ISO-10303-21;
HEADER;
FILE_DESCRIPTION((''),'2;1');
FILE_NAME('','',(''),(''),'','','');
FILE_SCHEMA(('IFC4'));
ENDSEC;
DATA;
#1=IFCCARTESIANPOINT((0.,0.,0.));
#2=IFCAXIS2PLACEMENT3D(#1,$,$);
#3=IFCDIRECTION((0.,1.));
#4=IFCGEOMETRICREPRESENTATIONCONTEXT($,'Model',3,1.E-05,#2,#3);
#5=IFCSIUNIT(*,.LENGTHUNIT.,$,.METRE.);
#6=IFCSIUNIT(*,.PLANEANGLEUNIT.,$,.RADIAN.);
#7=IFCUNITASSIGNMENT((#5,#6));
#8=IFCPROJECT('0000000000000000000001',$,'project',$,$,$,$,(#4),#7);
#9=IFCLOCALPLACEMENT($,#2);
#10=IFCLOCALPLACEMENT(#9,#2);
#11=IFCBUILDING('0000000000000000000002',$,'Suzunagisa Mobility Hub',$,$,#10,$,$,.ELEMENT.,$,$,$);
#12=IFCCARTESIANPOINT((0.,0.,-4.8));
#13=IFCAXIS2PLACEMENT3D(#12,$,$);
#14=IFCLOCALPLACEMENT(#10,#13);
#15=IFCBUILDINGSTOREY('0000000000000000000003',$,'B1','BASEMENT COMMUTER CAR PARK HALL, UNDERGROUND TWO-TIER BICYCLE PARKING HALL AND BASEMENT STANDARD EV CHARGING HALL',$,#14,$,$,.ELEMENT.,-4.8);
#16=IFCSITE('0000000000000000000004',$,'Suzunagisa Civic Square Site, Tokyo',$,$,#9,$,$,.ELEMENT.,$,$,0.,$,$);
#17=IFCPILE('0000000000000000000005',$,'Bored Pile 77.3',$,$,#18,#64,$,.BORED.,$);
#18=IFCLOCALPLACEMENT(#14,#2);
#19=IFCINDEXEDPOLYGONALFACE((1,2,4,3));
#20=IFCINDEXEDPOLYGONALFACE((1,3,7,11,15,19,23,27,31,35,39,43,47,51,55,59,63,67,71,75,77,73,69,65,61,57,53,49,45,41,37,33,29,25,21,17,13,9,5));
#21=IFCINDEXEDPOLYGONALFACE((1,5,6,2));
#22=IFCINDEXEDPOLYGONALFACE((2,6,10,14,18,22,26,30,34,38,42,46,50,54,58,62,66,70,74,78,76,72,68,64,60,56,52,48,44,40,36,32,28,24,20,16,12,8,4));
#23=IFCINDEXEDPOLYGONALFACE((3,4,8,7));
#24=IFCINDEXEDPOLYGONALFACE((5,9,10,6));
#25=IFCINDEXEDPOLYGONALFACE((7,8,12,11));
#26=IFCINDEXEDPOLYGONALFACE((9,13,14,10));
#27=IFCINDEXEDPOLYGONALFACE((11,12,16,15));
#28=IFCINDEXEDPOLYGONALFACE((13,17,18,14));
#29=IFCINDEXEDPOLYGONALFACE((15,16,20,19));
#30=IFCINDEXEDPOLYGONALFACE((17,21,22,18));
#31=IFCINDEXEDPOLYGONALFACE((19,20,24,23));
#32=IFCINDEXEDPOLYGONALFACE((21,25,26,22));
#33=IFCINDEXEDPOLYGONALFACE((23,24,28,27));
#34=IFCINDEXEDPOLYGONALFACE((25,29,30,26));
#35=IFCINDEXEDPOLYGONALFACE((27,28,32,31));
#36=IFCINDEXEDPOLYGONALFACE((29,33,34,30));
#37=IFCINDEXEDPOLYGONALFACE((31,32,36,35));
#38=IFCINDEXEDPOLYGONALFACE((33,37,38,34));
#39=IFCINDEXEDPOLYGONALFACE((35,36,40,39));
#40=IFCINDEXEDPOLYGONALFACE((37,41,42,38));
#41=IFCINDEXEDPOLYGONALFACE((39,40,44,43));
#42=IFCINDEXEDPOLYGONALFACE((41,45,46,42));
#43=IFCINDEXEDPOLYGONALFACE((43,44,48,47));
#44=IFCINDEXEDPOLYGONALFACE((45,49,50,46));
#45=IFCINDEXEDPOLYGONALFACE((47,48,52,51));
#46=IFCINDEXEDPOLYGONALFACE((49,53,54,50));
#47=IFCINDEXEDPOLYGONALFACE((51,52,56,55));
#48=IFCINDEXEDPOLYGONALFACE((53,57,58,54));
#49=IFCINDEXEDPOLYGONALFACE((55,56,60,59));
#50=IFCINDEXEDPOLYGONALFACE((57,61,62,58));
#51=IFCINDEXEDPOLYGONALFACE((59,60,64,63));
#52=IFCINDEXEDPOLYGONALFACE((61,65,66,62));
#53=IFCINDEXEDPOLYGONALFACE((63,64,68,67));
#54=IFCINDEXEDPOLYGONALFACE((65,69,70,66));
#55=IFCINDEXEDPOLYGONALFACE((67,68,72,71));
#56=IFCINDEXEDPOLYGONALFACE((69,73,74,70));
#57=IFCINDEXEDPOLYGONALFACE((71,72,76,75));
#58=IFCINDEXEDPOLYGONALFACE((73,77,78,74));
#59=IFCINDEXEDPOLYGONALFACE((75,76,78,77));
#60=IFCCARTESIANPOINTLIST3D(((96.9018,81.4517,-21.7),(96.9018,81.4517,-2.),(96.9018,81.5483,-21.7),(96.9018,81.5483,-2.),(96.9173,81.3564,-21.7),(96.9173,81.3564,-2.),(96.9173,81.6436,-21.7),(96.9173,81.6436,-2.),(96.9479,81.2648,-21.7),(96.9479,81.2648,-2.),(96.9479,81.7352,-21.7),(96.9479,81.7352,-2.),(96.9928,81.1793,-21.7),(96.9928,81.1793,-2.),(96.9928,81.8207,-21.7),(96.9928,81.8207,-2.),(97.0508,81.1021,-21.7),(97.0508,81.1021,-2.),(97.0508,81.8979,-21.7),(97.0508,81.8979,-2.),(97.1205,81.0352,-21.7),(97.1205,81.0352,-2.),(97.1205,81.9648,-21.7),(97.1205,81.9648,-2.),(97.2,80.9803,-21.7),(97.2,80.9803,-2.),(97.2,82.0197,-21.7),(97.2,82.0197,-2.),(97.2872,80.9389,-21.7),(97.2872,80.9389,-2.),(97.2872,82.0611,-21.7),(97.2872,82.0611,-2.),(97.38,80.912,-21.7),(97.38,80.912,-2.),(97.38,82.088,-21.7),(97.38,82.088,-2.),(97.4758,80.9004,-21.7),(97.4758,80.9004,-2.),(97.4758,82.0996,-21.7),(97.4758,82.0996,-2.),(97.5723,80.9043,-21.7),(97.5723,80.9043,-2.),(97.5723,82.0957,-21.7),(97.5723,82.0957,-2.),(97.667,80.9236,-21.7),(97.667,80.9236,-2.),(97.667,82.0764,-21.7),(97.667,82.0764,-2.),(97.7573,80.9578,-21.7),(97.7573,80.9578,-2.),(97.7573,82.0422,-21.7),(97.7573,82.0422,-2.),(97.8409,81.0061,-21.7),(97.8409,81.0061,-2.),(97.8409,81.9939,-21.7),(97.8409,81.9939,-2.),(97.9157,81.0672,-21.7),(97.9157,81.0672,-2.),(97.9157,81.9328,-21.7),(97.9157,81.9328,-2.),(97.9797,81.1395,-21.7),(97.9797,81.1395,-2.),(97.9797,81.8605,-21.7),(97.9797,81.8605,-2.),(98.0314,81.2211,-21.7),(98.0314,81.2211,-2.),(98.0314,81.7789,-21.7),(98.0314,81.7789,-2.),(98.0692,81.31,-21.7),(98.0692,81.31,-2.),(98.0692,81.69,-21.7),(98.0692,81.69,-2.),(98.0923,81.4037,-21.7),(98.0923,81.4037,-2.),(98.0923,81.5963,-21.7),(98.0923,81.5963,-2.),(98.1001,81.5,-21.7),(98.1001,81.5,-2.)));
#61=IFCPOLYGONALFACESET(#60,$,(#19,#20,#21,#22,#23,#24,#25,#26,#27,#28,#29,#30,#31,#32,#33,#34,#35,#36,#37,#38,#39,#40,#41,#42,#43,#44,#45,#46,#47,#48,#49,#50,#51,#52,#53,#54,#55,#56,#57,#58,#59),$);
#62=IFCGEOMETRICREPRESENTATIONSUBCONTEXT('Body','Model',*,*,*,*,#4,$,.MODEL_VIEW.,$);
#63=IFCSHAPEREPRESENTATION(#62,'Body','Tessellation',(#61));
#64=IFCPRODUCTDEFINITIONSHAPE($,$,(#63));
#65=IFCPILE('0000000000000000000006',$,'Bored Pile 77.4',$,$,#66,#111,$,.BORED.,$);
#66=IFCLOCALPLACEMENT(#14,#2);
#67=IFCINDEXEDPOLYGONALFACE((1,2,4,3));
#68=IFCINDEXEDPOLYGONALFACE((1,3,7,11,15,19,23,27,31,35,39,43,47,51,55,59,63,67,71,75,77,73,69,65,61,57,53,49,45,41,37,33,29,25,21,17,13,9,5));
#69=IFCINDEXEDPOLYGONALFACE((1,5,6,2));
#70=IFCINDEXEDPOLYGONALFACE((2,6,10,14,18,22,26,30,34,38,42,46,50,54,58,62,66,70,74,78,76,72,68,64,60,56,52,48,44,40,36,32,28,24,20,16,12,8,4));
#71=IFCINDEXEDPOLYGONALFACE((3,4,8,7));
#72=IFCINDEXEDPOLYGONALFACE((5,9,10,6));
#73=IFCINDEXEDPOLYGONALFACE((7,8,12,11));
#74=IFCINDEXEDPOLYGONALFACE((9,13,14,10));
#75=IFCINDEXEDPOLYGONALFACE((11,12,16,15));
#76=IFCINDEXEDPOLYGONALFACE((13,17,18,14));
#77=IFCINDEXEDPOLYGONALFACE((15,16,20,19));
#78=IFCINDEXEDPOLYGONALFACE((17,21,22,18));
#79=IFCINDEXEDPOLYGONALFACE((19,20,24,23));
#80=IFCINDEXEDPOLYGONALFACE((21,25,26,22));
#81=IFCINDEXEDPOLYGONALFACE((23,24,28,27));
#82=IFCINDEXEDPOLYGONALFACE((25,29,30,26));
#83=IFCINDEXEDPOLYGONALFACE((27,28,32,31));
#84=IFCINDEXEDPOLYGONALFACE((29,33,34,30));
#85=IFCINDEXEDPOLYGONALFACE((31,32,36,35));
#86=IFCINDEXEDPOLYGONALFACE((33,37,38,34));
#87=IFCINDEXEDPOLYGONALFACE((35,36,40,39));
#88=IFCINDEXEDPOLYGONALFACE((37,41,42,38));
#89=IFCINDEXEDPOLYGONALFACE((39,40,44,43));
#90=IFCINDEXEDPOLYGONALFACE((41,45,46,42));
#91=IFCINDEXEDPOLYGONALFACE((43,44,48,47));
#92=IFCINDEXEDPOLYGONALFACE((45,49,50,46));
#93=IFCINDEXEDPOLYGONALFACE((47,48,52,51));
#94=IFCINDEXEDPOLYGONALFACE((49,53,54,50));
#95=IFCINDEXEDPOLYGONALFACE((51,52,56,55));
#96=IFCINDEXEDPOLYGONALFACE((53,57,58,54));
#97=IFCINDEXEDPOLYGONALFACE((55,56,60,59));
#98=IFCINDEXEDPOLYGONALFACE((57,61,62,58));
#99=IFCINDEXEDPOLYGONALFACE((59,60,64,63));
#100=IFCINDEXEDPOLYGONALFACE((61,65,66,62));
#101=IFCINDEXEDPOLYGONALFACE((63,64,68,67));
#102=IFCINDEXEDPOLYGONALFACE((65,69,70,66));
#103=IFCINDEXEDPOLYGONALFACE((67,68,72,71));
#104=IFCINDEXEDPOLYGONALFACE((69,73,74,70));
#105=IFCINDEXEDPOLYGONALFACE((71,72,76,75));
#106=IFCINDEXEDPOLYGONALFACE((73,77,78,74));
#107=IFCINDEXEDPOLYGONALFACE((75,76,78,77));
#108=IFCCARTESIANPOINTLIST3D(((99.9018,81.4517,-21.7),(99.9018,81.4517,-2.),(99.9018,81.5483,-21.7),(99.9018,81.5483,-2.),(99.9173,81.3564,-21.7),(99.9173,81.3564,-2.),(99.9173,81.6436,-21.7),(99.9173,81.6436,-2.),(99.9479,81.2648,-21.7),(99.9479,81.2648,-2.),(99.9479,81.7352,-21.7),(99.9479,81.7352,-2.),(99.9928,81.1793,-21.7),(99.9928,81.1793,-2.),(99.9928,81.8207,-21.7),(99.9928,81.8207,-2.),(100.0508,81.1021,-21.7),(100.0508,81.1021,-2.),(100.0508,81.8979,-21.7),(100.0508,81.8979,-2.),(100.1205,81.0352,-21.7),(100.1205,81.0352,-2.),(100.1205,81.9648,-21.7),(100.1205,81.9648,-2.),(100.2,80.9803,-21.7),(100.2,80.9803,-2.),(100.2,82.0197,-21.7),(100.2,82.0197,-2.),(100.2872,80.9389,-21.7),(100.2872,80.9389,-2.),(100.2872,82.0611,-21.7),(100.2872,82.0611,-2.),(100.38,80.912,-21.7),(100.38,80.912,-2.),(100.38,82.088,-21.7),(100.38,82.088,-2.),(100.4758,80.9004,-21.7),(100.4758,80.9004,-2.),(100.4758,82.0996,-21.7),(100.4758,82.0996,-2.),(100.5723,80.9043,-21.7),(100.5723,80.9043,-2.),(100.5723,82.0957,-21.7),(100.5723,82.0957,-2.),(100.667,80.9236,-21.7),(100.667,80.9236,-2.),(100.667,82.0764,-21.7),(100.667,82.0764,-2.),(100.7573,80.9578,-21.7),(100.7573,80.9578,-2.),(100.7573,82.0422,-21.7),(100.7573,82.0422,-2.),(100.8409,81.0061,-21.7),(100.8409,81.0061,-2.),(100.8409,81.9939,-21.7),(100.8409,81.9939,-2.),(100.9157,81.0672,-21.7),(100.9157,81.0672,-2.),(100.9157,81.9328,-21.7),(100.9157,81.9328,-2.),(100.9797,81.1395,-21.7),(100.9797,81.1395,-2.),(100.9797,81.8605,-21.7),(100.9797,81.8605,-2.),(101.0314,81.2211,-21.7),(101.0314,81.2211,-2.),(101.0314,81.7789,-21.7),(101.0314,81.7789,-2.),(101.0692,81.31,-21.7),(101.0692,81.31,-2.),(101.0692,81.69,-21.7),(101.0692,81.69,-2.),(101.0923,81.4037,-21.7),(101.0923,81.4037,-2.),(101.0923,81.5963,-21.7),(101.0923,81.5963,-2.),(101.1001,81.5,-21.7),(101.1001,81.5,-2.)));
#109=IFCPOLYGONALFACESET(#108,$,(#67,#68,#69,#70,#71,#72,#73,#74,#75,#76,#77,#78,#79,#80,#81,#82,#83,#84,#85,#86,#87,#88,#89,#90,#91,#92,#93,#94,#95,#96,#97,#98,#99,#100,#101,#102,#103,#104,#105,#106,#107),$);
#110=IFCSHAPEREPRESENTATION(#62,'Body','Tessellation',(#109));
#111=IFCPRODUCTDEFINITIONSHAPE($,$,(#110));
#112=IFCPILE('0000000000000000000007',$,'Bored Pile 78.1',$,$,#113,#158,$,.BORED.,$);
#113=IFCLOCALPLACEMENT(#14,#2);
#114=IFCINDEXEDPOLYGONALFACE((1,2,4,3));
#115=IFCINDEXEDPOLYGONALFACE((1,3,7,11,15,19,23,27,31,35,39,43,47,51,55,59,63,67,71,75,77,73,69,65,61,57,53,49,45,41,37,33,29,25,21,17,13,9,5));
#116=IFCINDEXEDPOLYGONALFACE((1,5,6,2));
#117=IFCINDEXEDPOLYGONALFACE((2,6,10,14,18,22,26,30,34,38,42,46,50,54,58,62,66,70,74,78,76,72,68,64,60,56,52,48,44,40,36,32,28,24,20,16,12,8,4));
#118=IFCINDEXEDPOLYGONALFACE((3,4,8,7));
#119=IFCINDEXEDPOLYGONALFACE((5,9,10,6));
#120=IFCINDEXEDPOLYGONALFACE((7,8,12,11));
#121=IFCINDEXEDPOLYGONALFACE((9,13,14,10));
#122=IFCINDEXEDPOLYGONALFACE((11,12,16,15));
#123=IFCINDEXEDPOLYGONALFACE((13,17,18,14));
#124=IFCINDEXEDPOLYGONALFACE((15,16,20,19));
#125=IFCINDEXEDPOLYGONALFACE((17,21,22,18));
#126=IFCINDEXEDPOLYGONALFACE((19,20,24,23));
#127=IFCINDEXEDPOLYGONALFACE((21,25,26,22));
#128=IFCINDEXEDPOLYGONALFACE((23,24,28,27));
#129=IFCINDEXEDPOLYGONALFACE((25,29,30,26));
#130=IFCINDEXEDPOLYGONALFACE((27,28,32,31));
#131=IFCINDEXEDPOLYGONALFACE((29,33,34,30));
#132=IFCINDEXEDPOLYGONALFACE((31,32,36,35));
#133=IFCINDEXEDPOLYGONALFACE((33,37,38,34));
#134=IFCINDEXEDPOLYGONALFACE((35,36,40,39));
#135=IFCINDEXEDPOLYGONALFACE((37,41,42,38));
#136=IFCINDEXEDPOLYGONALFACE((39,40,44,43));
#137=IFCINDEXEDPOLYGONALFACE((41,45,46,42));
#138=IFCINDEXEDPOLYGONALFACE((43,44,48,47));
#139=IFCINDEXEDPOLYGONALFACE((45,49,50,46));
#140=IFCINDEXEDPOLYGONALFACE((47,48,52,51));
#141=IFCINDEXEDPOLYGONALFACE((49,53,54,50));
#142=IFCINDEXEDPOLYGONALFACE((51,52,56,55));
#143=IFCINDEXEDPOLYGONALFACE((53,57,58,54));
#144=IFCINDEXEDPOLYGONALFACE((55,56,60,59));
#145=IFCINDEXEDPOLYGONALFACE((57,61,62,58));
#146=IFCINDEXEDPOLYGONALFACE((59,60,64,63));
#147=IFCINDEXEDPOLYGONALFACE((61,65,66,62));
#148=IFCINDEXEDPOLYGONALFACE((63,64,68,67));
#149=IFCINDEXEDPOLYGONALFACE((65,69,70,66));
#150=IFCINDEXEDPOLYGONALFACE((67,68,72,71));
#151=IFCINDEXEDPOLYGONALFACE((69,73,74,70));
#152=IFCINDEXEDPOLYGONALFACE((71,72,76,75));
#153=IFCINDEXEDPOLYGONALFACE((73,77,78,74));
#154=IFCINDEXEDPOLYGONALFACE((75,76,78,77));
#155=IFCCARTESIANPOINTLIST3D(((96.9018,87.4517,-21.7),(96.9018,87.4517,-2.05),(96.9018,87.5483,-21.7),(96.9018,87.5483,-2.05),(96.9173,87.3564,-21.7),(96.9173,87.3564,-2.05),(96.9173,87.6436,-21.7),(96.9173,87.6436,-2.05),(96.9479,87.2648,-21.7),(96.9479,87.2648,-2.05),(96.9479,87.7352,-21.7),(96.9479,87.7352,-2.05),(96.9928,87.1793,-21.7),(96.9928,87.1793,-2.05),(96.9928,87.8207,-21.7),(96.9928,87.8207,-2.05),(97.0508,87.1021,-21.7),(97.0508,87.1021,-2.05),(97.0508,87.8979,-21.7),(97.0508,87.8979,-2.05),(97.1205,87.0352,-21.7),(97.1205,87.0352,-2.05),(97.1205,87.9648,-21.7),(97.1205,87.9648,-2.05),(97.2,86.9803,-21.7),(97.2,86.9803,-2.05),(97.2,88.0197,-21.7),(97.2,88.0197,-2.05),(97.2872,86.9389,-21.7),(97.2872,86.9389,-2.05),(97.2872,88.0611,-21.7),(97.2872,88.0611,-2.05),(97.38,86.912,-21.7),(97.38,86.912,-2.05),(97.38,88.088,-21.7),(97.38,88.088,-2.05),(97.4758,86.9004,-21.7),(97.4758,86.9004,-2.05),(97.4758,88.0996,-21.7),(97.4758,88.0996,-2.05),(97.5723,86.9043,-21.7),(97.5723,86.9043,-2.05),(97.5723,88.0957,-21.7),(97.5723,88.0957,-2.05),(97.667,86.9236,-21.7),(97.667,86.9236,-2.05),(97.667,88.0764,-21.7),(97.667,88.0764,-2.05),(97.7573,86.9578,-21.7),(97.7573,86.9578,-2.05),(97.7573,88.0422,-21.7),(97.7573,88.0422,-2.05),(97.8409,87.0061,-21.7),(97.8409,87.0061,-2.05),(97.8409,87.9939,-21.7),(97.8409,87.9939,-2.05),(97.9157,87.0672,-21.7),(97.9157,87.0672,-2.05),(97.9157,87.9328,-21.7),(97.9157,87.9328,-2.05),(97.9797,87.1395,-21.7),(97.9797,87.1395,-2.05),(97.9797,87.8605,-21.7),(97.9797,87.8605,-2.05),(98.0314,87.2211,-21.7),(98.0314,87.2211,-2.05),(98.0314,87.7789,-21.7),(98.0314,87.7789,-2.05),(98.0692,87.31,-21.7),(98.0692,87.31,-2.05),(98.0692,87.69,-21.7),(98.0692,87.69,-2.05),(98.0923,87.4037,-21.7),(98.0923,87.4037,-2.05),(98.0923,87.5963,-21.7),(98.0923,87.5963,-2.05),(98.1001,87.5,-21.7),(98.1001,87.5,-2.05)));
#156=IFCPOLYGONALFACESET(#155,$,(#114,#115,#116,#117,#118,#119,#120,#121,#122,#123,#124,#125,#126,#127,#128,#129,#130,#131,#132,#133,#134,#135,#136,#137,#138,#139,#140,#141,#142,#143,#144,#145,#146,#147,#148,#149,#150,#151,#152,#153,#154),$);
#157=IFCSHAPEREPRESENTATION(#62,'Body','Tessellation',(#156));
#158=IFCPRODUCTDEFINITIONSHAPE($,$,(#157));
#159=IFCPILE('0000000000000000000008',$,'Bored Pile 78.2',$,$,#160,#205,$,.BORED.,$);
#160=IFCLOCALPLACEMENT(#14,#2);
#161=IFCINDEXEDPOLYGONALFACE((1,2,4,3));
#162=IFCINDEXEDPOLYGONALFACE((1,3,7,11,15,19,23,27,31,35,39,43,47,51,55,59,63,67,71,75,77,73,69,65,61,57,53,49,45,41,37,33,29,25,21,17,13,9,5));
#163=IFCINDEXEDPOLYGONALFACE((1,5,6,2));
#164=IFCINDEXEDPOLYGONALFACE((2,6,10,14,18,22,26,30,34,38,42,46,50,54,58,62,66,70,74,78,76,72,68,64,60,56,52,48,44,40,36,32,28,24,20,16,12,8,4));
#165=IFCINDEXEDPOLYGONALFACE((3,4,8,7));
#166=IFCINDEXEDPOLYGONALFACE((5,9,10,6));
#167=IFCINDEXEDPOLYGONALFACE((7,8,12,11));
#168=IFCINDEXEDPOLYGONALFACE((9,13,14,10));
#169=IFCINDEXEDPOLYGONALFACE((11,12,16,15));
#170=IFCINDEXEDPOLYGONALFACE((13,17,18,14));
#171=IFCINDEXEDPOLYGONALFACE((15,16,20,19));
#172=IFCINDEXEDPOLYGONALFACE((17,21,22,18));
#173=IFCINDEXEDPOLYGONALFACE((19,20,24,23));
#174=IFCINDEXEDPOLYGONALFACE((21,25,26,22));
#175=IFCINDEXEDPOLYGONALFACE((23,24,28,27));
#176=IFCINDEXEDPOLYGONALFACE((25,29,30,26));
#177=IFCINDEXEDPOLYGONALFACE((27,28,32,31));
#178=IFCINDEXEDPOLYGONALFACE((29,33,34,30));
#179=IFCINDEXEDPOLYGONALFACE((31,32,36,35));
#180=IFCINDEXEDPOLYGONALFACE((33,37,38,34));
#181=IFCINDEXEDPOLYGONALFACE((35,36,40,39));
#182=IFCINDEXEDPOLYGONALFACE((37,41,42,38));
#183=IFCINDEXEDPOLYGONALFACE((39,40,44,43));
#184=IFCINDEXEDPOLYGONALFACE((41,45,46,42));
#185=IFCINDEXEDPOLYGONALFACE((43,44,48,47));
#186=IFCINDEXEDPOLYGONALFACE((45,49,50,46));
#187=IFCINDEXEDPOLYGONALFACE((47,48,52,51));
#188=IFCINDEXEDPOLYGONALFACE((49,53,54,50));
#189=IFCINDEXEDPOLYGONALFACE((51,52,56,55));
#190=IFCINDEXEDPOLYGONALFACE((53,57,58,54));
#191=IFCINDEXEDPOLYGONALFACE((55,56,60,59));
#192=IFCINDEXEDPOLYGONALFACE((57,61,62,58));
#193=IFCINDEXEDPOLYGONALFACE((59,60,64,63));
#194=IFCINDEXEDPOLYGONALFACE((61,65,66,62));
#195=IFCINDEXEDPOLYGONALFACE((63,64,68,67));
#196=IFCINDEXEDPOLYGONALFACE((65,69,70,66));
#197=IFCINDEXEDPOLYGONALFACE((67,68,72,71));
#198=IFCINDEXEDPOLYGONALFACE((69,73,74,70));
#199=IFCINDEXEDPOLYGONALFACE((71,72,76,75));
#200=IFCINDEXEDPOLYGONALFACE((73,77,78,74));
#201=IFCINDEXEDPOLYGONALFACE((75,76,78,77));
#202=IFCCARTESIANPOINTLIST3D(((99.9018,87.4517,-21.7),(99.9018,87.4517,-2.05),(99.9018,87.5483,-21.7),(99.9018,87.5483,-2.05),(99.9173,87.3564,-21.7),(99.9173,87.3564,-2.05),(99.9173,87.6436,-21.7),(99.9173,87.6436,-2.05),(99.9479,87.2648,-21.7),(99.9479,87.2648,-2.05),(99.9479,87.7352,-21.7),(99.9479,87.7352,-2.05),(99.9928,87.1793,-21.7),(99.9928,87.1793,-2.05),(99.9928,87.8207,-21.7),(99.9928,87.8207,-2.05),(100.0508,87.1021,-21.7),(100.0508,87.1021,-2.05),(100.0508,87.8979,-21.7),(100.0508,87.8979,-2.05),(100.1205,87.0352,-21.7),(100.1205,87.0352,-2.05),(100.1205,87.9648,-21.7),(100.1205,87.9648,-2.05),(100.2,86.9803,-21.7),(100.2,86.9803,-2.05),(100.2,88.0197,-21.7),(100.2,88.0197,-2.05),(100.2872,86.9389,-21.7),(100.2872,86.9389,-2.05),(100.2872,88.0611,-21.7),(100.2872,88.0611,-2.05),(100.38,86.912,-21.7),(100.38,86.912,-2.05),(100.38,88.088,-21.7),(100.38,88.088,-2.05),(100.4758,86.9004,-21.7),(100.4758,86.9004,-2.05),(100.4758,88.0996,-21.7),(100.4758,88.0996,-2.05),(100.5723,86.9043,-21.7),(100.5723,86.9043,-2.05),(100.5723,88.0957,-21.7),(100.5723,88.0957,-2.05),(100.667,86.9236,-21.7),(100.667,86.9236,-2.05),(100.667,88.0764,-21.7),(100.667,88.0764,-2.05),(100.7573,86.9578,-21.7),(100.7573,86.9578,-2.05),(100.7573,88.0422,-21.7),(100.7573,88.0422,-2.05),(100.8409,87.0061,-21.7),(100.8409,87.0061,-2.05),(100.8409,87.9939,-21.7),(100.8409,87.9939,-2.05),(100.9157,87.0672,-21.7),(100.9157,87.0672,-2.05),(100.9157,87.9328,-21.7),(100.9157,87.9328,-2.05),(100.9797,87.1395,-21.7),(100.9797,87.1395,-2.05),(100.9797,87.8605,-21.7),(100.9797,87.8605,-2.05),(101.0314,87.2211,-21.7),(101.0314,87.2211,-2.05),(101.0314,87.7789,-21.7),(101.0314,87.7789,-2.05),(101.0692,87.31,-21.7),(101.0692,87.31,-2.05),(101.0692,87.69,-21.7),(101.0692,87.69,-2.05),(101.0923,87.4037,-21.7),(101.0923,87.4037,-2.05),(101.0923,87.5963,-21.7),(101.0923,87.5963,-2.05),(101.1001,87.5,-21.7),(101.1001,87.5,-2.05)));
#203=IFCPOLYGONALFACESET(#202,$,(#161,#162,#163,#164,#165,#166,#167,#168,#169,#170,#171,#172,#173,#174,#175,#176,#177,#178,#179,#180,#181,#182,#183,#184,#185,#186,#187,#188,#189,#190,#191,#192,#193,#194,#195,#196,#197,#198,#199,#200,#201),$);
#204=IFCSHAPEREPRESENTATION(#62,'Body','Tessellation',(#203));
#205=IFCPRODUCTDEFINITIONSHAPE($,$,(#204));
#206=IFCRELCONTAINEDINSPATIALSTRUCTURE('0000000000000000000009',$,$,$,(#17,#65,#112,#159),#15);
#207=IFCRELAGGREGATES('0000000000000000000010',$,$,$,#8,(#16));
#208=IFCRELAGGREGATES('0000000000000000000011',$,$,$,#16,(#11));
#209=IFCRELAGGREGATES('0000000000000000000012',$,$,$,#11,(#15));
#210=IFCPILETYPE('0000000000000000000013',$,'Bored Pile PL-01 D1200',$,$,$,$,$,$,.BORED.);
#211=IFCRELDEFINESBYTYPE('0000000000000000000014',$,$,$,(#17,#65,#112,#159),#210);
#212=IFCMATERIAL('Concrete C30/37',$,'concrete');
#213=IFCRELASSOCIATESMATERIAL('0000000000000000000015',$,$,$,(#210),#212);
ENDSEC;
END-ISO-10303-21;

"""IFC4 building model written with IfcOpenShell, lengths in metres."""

from ifc_helpers import new_model, si_unit, direction, frame, origin, origin_2d, place, context, subcontext, project, spatial, circle, extrude, material, material_profile, profile_set, type_object, element, save


model = new_model("IFC4")

# Units and contexts
model_context = context("Model", 3, precision=1e-05, world=origin(), true_north=direction((0.0, 1.0)))
body_context = subcontext(model_context, "Body", "Model", "MODEL_VIEW")
ifc_project = project(units=[si_unit("LENGTHUNIT", "METRE"), si_unit("PLANEANGLEUNIT", "RADIAN")], contexts=[model_context])

# Site, building, storey
site_placement = place(None, origin())
site = spatial("IfcSite", under=ifc_project, at=site_placement, Name="Suzunagisa Civic Square Site, Tokyo", CompositionType="ELEMENT", RefElevation=0.0)
building_placement = place(site_placement, origin())
building = spatial("IfcBuilding", under=site, at=building_placement, Name="Suzunagisa Mobility Hub", CompositionType="ELEMENT")
storey_placement = place(building_placement, frame((0.0, 0.0, -4.8)))
storey = spatial("IfcBuildingStorey", under=building, at=storey_placement, Name="B1", Description="BASEMENT COMMUTER CAR PARK HALL, UNDERGROUND TWO-TIER BICYCLE PARKING HALL AND BASEMENT STANDARD EV CHARGING HALL", CompositionType="ELEMENT", Elevation=-4.8)

# Piles
ifc_material_1 = material(Name="Concrete C30/37", Category="concrete")
ifc_material_profile_1 = material_profile(ifc_material_1, circle(Radius=0.6001, at=origin_2d()), Name="BORED PILE D1200")
ifc_profile_set_1 = profile_set([ifc_material_profile_1], Name="Concrete C30/37")
pile_type_1 = type_object("IfcPileType", Name="Bored Pile PL-01 D1200", PredefinedType="BORED", material=ifc_profile_set_1)
for number, where, z_axis, x_axis, name in (
    (1, (97.5, 81.5, -2.0), (0.0, 0.0, -1.0), (1.0, 0.0, 0.0), "Bored Pile 77.3"),
    (2, (100.5, 81.5, -2.0), (0.0, 0.0, -1.0), (1.0, 0.0, 0.0), "Bored Pile 77.4"),
):
    element("IfcPile", number, at=place(storey_placement, frame(where, z_axis=z_axis, x_axis=x_axis)), inside=storey, type_object=pile_type_1, Name=name, PredefinedType="BORED", context=body_context, shape_type="SweptSolid", body=[
        extrude(circle(Radius=0.6001, at=origin_2d()), origin(), (0.0, 0.0, 1.0), 19.7),
    ])
for number, where, z_axis, x_axis, name in (
    (3, (97.5, 87.5, -2.05), (0.0, 0.0, -1.0), (1.0, 0.0, 0.0), "Bored Pile 78.1"),
    (4, (100.5, 87.5, -2.05), (0.0, 0.0, -1.0), (1.0, 0.0, 0.0), "Bored Pile 78.2"),
):
    element("IfcPile", number, at=place(storey_placement, frame(where, z_axis=z_axis, x_axis=x_axis)), inside=storey, type_object=pile_type_1, Name=name, PredefinedType="BORED", context=body_context, shape_type="SweptSolid", body=[
        extrude(circle(Radius=0.6001, at=origin_2d()), origin(), (0.0, 0.0, 1.0), 19.6499),
    ])

save(model, "model.ifc")
